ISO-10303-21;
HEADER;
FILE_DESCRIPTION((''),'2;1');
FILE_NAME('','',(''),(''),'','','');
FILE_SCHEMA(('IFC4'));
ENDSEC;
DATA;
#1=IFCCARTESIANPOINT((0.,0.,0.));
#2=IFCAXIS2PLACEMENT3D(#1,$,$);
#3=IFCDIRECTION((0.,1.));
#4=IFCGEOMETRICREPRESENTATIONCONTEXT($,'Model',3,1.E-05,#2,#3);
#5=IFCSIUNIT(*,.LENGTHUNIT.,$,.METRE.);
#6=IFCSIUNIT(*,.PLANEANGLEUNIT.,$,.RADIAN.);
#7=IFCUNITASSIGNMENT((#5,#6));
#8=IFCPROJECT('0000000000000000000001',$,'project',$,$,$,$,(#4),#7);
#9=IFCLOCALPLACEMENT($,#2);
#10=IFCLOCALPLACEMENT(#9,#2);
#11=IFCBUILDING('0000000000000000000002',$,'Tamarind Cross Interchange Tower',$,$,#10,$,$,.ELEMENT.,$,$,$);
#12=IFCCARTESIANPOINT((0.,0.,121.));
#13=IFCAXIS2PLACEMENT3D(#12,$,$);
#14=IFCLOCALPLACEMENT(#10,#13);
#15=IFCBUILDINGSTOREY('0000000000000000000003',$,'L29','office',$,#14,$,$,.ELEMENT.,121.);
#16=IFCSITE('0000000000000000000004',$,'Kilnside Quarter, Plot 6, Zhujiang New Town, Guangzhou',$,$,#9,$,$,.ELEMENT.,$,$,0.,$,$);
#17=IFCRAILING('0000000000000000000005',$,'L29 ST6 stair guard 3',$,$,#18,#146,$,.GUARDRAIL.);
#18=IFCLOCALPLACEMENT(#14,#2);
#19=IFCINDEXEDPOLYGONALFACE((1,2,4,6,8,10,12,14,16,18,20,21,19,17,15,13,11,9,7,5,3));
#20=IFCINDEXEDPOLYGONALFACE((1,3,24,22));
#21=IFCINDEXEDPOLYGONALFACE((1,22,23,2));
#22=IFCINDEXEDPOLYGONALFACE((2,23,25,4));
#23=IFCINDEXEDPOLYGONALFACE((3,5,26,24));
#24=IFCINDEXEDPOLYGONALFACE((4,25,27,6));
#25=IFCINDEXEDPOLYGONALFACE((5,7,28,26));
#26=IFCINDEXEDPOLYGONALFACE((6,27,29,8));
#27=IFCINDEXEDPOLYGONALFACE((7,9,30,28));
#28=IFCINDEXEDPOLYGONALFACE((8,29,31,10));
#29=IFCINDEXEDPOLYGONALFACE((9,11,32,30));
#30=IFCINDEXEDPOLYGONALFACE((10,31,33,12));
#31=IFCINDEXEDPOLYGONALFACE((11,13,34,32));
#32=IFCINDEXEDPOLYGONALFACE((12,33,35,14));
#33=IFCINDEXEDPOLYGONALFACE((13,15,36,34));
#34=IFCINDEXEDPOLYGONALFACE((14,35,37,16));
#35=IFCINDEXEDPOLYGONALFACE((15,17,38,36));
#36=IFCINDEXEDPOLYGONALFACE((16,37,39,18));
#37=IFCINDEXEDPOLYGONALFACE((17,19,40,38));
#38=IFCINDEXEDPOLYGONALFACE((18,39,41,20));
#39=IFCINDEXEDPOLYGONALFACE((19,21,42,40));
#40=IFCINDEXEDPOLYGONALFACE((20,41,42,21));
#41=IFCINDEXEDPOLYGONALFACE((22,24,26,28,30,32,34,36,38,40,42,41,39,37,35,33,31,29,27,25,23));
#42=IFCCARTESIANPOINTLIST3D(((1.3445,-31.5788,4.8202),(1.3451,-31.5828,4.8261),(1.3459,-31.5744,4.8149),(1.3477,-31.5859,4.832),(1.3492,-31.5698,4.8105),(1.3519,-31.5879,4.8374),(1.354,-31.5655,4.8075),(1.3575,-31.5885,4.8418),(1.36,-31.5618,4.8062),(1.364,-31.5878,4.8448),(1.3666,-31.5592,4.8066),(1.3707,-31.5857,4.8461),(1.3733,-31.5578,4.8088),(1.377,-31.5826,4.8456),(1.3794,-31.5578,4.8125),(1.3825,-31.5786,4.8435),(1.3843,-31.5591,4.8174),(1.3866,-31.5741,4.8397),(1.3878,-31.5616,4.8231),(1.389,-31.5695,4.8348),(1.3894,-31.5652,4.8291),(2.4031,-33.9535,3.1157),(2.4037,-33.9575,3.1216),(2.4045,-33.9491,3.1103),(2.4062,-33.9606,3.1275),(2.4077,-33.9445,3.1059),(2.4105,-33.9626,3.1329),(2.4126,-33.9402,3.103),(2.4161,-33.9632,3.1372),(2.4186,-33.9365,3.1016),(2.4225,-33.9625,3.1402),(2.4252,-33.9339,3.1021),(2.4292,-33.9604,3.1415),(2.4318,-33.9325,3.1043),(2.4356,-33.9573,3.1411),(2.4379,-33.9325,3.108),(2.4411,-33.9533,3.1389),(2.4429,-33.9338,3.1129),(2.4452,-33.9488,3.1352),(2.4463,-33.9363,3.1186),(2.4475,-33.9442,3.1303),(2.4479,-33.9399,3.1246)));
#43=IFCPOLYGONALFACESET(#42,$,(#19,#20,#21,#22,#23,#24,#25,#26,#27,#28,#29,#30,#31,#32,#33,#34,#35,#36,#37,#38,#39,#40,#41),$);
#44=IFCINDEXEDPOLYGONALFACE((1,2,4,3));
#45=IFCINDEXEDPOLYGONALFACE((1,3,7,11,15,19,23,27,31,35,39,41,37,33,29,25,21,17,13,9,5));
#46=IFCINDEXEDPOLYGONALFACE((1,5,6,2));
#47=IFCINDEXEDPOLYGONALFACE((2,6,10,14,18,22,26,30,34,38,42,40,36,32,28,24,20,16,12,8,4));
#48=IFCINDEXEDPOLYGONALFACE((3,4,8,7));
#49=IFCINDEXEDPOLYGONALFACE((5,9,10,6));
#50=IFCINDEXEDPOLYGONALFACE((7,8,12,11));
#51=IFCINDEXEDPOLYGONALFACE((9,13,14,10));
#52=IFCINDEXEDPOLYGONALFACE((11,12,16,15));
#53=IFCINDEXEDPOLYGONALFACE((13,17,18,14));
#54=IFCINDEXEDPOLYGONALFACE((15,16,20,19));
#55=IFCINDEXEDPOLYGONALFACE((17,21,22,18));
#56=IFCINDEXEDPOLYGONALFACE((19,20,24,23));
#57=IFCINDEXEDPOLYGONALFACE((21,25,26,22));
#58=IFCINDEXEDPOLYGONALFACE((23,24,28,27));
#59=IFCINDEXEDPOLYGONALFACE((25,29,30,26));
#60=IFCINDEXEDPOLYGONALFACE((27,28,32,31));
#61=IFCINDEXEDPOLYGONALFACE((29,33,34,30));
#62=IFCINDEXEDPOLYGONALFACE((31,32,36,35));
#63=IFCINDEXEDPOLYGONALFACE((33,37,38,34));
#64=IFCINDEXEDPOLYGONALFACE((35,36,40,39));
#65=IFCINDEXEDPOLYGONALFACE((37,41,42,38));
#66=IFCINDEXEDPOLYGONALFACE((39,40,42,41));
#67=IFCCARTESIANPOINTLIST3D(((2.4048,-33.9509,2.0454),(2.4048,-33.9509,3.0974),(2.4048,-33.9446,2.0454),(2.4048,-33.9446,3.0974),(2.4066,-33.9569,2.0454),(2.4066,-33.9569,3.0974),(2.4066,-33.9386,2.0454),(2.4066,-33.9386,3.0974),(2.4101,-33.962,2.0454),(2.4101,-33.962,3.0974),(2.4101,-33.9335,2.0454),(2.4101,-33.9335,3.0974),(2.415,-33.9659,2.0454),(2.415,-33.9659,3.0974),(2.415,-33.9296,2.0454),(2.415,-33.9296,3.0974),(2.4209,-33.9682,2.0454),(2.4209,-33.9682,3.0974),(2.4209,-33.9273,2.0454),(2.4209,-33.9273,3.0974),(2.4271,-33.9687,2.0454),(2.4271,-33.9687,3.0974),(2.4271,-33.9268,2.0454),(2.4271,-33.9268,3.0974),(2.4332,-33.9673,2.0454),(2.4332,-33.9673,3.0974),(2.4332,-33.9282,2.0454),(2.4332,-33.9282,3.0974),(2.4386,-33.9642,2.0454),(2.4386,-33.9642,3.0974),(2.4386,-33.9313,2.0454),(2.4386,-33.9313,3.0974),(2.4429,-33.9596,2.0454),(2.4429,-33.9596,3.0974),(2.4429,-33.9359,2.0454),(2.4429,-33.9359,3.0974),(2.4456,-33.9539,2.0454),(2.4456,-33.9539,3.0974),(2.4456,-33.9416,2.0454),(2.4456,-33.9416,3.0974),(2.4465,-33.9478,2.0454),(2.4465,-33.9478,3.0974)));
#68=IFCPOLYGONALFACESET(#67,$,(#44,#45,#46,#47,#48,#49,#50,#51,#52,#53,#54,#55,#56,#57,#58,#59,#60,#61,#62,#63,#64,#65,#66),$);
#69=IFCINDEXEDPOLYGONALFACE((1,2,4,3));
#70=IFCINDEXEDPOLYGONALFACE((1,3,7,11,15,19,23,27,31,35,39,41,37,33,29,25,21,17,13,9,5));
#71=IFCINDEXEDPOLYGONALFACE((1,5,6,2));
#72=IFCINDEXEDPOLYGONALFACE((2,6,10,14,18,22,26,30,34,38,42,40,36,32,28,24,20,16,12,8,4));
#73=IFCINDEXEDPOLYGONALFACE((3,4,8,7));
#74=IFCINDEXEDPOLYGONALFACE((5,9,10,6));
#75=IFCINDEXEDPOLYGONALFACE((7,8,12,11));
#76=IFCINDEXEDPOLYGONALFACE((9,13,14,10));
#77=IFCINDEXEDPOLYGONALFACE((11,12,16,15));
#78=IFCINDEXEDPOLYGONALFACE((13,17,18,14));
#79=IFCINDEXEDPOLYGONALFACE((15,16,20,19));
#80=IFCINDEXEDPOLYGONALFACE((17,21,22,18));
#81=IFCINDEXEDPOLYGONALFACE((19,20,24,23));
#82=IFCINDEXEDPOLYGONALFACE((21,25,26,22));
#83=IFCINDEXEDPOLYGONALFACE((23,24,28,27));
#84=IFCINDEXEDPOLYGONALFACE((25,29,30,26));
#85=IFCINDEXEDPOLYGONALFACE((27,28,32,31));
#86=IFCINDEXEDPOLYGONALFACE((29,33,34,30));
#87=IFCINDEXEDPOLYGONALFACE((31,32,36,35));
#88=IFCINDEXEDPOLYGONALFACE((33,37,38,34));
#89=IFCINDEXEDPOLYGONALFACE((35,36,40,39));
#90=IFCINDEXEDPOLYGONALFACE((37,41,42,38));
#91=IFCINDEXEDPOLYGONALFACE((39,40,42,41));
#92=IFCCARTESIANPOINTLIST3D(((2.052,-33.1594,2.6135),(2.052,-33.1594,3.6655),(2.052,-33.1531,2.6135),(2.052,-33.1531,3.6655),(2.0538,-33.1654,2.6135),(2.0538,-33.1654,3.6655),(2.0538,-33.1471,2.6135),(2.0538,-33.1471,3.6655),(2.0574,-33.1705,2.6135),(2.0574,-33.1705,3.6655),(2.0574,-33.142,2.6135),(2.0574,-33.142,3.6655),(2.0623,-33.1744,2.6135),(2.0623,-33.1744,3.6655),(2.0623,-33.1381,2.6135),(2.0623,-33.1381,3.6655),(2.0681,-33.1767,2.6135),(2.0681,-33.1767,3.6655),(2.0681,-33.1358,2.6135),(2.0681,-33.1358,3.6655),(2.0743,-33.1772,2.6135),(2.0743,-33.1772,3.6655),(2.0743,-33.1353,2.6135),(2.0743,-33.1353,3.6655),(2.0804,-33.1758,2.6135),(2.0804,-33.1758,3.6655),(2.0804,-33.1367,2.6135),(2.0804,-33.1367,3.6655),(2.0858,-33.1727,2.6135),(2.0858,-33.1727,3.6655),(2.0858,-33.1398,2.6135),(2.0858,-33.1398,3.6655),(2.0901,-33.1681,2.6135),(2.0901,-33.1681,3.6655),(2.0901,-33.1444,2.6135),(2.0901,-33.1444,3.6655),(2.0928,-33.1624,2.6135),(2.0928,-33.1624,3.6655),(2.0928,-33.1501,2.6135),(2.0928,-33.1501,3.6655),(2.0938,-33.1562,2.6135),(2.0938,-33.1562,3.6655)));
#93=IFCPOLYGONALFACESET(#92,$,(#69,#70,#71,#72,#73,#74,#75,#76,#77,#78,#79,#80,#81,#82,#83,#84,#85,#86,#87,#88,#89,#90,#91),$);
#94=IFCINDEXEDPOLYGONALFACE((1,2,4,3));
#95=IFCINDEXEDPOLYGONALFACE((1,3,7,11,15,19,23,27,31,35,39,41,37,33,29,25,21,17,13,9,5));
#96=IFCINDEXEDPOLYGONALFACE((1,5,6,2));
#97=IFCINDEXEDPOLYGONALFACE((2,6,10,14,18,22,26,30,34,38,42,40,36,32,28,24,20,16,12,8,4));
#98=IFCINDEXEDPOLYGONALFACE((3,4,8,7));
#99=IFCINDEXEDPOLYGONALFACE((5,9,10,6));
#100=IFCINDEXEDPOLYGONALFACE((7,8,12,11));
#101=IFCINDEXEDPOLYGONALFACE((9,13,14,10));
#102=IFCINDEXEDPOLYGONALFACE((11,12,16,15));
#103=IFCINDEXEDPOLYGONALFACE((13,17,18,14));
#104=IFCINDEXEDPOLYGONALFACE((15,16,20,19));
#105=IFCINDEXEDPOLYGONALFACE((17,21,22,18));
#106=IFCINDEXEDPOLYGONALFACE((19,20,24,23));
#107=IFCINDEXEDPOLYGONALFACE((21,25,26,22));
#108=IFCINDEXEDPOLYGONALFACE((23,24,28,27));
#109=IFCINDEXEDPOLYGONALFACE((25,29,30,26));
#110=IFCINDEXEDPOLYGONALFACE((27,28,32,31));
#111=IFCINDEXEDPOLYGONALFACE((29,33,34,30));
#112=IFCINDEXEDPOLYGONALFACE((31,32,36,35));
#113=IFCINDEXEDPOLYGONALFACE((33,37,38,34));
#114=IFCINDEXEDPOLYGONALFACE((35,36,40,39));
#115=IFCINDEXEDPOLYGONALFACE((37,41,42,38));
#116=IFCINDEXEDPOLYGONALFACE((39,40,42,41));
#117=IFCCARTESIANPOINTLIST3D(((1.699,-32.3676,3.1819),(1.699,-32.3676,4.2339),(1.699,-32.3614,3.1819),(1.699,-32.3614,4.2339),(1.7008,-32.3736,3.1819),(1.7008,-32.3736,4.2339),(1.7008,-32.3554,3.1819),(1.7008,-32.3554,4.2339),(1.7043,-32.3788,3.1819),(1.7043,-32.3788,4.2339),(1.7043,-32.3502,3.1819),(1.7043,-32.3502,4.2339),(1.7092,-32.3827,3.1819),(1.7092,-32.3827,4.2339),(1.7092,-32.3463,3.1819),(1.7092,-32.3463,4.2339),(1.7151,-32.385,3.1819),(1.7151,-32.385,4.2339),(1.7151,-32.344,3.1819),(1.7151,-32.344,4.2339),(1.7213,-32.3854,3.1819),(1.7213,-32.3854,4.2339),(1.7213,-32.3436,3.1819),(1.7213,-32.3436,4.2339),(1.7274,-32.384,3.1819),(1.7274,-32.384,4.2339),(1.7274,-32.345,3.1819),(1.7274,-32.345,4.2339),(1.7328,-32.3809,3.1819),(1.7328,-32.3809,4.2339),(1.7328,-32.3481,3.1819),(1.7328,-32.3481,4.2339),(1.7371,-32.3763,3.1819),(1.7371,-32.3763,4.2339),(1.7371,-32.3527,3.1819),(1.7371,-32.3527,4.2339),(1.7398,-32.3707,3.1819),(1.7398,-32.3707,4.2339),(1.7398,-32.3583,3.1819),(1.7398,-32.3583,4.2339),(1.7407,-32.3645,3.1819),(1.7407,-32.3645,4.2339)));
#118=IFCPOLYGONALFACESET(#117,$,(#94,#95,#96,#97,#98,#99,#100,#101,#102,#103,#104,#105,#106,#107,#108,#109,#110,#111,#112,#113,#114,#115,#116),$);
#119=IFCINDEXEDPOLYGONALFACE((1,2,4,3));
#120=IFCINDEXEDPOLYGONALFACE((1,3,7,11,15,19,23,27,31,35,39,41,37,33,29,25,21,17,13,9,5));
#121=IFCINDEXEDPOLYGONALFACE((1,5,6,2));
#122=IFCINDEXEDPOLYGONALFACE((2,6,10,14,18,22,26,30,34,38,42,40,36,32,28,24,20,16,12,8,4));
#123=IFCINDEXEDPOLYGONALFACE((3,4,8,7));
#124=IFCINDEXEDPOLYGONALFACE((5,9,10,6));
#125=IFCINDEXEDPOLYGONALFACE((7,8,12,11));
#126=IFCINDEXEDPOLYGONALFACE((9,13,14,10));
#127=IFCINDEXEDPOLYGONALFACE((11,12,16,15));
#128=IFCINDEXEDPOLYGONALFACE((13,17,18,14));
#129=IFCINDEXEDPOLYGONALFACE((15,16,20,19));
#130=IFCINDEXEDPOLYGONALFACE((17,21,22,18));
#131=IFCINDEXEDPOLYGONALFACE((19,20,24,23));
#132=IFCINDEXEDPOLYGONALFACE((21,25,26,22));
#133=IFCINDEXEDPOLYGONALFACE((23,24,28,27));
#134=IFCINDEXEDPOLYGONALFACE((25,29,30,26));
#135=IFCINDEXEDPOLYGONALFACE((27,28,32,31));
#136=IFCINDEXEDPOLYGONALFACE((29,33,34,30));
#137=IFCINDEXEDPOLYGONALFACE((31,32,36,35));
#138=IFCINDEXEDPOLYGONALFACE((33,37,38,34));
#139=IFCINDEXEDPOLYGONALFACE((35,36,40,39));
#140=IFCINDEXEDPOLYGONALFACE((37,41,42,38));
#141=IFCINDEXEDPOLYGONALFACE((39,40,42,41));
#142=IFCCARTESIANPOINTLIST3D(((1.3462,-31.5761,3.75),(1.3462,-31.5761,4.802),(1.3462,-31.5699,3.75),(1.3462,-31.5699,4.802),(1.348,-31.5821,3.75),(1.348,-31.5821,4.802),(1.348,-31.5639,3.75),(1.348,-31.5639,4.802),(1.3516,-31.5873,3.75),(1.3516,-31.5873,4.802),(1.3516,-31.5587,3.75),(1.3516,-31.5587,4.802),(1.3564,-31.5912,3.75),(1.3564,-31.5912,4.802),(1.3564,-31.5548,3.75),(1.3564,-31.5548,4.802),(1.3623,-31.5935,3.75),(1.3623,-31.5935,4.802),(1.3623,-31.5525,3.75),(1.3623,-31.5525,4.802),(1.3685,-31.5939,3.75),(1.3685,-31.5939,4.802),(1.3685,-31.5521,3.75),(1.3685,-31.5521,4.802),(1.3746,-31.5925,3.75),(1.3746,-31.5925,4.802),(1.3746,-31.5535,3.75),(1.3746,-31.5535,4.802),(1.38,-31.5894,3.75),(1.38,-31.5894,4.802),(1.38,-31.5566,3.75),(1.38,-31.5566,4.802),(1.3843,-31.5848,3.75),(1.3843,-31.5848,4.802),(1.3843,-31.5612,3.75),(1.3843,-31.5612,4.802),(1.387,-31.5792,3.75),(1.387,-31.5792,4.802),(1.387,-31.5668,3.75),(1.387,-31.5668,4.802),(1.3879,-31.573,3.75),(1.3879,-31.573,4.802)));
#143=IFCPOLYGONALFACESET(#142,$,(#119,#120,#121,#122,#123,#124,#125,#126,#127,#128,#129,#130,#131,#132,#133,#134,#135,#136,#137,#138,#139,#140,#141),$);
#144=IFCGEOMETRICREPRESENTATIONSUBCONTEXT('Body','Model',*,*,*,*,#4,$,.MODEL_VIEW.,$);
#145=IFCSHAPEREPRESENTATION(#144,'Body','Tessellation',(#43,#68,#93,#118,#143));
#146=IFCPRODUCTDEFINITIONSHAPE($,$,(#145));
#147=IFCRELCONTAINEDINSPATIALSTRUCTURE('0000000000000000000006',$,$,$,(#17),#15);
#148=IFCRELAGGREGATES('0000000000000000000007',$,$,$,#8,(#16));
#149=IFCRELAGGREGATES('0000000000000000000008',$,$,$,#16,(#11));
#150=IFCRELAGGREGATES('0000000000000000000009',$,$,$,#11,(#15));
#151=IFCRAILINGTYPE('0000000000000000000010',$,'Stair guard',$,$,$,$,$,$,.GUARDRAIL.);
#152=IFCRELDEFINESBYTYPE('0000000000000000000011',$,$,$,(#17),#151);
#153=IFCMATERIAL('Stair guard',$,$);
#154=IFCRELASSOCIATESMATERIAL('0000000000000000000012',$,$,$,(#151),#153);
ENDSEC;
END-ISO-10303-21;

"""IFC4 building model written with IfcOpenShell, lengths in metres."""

from ifc_helpers import new_model, si_unit, direction, frame, origin, origin_2d, place, context, subcontext, project, spatial, circle, extrude, material, type_object, element, save


model = new_model("IFC4")

# Units and contexts
model_context = context("Model", 3, precision=1e-05, world=origin(), true_north=direction((0.0, 1.0)))
body_context = subcontext(model_context, "Body", "Model", "MODEL_VIEW")
ifc_project = project(units=[si_unit("LENGTHUNIT", "METRE"), si_unit("PLANEANGLEUNIT", "RADIAN")], contexts=[model_context])

# Site, building, storey
site_placement = place(None, origin())
site = spatial("IfcSite", under=ifc_project, at=site_placement, Name="Kilnside Quarter, Plot 6, Zhujiang New Town, Guangzhou", CompositionType="ELEMENT", RefElevation=0.0)
building_placement = place(site_placement, origin())
building = spatial("IfcBuilding", under=site, at=building_placement, Name="Tamarind Cross Interchange Tower", CompositionType="ELEMENT")
storey_placement = place(building_placement, frame((0.0, 0.0, 121.0)))
storey = spatial("IfcBuildingStorey", under=building, at=storey_placement, Name="L29", Description="office", CompositionType="ELEMENT", Elevation=121.0)

# Railing
ifc_material_1 = material(Name="Stair guard")
railing_type_1 = type_object("IfcRailingType", Name="Stair guard", PredefinedType="GUARDRAIL", material=ifc_material_1)
railing_1_placement = place(storey_placement, frame((2.4255, -33.9478, 2.0454)))
element("IfcRailing", 1, at=railing_1_placement, inside=storey, type_object=railing_type_1, Name="L29 ST6 stair guard 3", PredefinedType="GUARDRAIL", context=body_context, shape_type="SweptSolid", body=[
    extrude(circle(Radius=0.0239, at=origin_2d()), frame((0.0, 0.0, 1.0762), z_axis=(-0.340496, 0.763839, 0.548281), x_axis=(-0.913362, -0.407149, 0.0)), (0.0, 0.0, 1.0), 3.1089),
    extrude(circle(Radius=0.021, at=origin_2d()), origin(), (0.0, 0.0, 1.0), 1.052),
    extrude(circle(Radius=0.021, at=origin_2d()), frame((-0.3528, 0.7915, 0.5681)), (0.0, 0.0, 1.0), 1.052),
    extrude(circle(Radius=0.021, at=origin_2d()), frame((-0.7058, 1.5833, 1.1365)), (0.0, 0.0, 1.0), 1.052),
    extrude(circle(Radius=0.021, at=origin_2d()), frame((-1.0586, 2.3748, 1.7046)), (0.0, 0.0, 1.0), 1.052),
])

save(model, "model.ifc")
